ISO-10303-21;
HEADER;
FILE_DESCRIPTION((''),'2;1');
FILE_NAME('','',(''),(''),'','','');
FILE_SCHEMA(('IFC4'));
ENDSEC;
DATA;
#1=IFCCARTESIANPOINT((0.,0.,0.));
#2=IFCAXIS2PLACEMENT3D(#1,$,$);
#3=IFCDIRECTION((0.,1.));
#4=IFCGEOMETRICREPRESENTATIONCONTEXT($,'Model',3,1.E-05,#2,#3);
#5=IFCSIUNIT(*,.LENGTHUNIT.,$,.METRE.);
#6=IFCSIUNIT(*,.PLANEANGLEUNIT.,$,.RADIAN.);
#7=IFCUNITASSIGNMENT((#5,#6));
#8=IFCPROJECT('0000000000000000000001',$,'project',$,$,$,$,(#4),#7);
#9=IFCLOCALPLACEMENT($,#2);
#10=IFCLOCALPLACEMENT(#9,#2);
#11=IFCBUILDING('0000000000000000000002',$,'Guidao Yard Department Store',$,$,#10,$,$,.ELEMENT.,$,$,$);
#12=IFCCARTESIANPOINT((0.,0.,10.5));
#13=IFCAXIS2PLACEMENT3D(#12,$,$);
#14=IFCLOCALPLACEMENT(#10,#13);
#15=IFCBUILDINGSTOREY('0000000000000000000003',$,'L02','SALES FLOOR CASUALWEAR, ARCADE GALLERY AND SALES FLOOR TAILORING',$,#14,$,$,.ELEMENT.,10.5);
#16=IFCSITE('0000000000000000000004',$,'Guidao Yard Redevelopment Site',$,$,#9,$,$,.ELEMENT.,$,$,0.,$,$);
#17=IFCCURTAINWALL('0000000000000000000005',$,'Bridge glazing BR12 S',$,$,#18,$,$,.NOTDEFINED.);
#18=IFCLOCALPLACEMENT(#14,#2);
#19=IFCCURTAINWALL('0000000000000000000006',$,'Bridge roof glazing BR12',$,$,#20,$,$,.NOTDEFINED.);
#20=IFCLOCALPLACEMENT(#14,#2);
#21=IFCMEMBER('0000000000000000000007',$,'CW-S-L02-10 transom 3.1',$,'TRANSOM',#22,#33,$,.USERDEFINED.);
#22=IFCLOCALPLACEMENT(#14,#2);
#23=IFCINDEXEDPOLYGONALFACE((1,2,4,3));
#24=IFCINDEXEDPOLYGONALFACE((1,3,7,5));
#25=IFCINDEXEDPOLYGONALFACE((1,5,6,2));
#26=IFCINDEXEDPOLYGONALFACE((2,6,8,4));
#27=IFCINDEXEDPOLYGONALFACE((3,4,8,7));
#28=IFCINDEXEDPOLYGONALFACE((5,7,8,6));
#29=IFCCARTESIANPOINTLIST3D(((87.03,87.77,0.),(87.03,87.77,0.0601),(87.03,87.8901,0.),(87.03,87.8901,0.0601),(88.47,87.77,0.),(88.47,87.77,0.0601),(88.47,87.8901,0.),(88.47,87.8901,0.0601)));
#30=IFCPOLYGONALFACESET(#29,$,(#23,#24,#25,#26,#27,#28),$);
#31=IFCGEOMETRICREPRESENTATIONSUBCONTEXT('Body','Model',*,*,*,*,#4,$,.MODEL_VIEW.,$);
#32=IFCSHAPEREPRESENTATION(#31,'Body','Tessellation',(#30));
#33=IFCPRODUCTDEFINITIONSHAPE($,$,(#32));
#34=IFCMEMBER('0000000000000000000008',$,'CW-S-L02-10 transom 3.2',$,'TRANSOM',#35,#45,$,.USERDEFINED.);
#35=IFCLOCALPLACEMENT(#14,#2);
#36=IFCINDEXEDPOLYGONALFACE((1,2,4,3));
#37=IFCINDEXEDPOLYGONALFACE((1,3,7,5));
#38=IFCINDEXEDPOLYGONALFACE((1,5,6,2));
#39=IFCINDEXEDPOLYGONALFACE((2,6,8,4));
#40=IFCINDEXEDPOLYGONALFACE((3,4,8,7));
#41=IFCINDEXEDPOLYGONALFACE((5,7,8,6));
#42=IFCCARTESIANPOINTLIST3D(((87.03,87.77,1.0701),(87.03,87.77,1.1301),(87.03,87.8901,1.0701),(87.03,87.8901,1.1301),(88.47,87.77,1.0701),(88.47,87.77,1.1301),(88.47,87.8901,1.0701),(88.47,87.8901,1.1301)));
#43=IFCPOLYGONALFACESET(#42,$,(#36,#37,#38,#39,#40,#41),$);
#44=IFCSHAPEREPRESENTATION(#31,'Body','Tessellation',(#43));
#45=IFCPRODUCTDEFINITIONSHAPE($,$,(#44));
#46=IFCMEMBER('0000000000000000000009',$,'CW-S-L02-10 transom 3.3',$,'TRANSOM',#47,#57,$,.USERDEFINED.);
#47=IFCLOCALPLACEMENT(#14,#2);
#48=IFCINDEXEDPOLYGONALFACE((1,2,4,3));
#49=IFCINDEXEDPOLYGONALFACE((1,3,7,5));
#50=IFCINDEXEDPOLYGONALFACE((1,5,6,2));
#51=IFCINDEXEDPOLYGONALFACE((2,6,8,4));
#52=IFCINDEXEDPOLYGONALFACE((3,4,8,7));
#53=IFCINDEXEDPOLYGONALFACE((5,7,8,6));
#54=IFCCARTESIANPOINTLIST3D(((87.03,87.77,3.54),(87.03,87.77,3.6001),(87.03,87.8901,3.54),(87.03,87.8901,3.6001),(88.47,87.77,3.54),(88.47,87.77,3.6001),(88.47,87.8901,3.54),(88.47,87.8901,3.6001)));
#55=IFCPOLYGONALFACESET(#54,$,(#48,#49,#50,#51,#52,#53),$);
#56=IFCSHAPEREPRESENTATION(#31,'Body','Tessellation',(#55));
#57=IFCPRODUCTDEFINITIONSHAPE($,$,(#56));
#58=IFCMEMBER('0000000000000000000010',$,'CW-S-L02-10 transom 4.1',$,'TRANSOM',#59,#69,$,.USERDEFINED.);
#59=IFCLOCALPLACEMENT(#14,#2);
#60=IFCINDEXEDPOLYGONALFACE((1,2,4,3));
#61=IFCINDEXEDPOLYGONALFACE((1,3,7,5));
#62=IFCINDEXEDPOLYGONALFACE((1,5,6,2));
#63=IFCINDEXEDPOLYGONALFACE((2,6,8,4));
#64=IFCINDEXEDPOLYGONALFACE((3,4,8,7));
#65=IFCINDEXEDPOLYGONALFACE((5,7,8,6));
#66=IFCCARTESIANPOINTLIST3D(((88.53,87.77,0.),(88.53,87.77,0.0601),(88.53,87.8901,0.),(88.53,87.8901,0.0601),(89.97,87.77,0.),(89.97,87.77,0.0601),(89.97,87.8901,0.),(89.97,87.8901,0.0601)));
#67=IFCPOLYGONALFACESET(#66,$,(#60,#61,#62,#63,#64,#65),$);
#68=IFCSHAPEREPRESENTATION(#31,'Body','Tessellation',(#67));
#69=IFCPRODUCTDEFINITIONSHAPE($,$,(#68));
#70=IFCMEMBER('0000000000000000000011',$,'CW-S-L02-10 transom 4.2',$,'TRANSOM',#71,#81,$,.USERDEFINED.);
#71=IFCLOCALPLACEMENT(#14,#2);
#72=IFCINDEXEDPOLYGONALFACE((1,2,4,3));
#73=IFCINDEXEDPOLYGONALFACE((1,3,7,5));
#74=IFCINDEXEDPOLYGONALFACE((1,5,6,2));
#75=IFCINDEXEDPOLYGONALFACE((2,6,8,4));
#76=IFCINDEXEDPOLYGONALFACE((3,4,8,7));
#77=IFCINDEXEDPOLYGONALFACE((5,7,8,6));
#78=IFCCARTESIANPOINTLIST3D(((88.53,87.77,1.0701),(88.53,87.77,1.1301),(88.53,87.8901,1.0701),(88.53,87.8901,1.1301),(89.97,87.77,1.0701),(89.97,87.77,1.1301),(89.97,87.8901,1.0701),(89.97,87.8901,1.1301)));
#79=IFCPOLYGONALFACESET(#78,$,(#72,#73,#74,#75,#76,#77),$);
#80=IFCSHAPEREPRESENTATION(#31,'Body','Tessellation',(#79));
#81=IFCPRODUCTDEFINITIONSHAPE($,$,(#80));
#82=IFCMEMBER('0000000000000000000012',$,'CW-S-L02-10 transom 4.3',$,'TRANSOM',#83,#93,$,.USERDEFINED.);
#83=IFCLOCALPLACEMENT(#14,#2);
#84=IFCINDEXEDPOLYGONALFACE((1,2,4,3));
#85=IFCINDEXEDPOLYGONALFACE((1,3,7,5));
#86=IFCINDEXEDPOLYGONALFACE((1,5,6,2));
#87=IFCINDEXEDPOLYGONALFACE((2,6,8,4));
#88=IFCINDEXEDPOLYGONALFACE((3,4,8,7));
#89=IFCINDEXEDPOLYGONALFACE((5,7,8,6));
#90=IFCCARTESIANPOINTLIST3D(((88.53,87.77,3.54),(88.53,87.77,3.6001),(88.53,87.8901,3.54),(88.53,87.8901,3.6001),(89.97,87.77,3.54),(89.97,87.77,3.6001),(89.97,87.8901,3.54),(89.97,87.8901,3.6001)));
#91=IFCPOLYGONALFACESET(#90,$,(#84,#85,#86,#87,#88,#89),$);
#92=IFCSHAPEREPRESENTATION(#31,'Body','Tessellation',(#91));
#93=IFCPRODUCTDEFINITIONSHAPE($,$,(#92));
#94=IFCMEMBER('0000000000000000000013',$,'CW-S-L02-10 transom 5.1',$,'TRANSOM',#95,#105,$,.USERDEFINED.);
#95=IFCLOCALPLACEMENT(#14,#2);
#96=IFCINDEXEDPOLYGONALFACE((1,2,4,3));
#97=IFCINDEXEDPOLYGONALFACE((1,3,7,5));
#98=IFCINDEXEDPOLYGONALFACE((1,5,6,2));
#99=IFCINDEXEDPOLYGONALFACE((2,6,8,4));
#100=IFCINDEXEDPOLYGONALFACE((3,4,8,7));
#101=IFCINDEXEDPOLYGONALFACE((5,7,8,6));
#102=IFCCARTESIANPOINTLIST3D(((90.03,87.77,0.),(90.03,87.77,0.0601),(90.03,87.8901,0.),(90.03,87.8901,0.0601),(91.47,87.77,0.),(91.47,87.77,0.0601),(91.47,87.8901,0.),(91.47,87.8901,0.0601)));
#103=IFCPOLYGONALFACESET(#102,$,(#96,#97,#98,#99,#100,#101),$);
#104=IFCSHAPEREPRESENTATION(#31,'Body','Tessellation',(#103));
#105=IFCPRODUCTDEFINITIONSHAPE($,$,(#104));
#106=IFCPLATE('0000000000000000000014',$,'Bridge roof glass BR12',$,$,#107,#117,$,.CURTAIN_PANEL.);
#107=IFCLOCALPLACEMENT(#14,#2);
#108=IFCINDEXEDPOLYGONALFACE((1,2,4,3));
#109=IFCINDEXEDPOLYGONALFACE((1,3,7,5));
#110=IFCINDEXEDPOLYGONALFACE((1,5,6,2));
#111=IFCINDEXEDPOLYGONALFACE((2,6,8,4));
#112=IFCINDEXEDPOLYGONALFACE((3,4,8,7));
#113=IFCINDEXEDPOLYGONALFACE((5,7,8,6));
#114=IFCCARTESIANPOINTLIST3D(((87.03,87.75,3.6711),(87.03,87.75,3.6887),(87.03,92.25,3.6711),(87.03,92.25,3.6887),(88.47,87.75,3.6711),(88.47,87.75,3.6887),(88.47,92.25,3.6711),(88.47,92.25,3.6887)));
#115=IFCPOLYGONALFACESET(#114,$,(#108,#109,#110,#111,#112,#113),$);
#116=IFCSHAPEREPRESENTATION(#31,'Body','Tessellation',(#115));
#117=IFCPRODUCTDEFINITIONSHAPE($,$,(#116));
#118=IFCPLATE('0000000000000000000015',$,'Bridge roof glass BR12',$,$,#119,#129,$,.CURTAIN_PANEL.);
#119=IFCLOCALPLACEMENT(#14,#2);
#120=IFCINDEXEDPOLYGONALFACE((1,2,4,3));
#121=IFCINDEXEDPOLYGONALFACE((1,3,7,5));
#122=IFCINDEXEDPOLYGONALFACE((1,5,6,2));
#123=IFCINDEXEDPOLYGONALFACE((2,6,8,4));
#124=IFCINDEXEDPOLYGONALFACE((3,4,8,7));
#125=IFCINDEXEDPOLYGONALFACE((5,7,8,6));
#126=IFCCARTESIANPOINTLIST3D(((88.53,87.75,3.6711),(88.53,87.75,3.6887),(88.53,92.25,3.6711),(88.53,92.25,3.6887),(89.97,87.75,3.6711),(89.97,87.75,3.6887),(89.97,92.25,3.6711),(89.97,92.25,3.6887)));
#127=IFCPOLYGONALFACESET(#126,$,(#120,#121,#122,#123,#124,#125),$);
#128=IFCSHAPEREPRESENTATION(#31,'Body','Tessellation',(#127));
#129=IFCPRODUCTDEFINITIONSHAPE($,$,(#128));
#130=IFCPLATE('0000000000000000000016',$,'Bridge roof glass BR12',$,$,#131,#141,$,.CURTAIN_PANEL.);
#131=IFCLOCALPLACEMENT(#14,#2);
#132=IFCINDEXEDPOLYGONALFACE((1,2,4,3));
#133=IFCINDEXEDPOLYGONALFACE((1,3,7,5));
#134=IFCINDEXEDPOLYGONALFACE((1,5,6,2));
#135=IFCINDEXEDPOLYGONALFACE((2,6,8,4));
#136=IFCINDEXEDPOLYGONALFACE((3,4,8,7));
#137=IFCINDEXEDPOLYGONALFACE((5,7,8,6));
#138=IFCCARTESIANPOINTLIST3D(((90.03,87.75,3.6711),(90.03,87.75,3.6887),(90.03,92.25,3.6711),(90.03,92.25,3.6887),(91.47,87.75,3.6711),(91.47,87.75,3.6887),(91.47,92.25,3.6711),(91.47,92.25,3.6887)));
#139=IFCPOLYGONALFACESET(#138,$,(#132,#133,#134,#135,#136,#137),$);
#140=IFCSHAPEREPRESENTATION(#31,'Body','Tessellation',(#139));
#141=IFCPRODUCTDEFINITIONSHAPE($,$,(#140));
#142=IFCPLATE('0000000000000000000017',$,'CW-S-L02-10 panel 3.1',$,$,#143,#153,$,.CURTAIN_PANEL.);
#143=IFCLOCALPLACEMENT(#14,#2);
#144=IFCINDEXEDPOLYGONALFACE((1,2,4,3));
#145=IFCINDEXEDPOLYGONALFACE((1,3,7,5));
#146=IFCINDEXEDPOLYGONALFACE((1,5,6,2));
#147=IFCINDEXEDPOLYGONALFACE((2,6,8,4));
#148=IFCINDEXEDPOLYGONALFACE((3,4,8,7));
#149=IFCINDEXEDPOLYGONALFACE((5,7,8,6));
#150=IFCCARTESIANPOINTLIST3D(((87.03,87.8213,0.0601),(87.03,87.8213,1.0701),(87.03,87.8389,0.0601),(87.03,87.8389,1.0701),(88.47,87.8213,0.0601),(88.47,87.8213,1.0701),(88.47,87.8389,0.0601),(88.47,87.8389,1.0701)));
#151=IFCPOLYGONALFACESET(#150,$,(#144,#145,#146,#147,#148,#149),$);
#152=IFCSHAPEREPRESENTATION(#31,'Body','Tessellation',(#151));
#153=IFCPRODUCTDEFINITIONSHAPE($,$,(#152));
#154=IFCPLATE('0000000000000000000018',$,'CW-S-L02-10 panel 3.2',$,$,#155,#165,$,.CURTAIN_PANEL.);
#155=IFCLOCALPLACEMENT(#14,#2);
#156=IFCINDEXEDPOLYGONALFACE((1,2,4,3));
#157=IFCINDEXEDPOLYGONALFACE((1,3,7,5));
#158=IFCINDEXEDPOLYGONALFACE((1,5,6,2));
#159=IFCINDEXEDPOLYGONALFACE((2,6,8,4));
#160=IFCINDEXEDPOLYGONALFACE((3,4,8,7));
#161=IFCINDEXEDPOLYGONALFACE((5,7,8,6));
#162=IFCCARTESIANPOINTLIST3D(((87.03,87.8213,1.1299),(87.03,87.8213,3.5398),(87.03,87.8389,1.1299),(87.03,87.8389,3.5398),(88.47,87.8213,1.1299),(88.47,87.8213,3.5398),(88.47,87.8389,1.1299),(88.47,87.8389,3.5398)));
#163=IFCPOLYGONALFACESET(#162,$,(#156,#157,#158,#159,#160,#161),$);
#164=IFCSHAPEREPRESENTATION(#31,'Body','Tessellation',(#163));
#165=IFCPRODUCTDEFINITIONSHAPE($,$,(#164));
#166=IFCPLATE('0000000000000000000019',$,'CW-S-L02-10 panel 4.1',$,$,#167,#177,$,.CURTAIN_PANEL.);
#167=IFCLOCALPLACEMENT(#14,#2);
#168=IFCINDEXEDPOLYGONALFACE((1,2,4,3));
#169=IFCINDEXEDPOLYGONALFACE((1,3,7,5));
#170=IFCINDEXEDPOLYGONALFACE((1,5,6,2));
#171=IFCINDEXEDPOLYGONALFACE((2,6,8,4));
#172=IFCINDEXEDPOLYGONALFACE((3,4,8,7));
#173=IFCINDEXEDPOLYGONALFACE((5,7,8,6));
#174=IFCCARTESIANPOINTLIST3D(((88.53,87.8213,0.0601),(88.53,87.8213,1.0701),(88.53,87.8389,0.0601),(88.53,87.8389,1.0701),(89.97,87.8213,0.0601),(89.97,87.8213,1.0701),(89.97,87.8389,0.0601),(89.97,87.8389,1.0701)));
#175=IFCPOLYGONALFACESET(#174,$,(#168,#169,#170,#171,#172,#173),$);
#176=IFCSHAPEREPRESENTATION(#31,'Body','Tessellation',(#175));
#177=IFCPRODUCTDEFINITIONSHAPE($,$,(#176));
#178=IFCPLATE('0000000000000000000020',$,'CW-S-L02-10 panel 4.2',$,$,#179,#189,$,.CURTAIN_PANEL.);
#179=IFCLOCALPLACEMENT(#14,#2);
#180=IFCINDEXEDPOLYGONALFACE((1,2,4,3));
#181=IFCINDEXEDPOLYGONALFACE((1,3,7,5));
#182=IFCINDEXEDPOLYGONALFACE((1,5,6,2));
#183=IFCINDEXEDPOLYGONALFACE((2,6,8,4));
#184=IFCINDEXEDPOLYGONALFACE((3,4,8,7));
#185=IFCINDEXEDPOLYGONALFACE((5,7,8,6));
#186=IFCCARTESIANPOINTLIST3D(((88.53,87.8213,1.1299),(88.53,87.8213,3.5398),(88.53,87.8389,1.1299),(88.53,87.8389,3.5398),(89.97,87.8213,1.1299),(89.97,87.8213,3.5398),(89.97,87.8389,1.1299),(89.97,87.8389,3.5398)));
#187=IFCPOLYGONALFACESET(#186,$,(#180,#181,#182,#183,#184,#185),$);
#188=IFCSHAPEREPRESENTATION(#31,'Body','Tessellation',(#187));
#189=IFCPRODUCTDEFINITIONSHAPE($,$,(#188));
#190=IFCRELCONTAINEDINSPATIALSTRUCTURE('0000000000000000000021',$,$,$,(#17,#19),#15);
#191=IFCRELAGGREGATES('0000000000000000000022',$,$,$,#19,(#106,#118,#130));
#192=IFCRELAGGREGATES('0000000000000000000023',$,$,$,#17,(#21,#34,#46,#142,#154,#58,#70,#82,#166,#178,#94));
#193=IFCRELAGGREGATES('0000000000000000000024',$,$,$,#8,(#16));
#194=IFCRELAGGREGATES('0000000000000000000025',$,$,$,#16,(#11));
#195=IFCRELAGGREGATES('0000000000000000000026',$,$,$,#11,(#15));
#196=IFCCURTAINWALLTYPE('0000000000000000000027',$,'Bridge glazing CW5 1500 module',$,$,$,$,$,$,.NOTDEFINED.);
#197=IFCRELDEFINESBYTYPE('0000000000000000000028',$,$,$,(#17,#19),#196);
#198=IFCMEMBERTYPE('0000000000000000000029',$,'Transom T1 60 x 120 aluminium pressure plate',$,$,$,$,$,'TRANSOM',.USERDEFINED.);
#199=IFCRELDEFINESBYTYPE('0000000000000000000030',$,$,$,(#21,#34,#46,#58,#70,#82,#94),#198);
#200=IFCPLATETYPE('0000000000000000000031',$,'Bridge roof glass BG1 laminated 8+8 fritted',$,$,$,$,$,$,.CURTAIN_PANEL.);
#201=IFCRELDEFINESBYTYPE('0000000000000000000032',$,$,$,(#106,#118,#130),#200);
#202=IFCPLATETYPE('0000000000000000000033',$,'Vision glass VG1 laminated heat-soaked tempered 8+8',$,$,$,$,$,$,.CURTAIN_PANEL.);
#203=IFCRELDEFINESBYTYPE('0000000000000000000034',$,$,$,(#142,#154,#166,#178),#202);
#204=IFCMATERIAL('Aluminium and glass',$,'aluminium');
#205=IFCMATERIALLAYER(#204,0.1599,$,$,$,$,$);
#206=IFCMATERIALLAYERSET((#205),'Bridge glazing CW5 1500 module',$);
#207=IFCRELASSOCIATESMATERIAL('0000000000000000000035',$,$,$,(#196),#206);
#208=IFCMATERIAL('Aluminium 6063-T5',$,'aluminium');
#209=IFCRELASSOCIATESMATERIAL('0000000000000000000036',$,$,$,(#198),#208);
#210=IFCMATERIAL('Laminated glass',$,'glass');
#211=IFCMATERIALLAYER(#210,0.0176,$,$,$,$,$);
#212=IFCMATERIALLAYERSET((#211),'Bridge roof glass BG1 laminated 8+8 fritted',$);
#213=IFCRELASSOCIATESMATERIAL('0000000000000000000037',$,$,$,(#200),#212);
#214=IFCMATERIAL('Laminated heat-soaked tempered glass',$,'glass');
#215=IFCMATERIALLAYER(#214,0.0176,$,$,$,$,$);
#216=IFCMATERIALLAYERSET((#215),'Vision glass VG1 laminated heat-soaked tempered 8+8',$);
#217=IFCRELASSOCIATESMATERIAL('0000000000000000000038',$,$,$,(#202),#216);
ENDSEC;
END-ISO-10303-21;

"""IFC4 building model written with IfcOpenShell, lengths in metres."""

from ifc_helpers import new_model, si_unit, direction, frame, origin, origin_2d, place, context, subcontext, project, spatial, rectangle, extrude, material, layer, layer_set, material_profile, profile_set, type_object, element, aggregate, save


model = new_model("IFC4")

# Units and contexts
model_context = context("Model", 3, precision=1e-05, world=origin(), true_north=direction((0.0, 1.0)))
body_context = subcontext(model_context, "Body", "Model", "MODEL_VIEW")
ifc_project = project(units=[si_unit("LENGTHUNIT", "METRE"), si_unit("PLANEANGLEUNIT", "RADIAN")], contexts=[model_context])

# Site, building, storey
site_placement = place(None, origin())
site = spatial("IfcSite", under=ifc_project, at=site_placement, Name="Guidao Yard Redevelopment Site", CompositionType="ELEMENT", RefElevation=0.0)
building_placement = place(site_placement, origin())
building = spatial("IfcBuilding", under=site, at=building_placement, Name="Guidao Yard Department Store", CompositionType="ELEMENT")
storey_placement = place(building_placement, frame((0.0, 0.0, 10.5)))
storey = spatial("IfcBuildingStorey", under=building, at=storey_placement, Name="L02", Description="SALES FLOOR CASUALWEAR, ARCADE GALLERY AND SALES FLOOR TAILORING", CompositionType="ELEMENT", Elevation=10.5)

# Curtain walls
ifc_material_1 = material(Name="Aluminium and glass", Category="aluminium")
ifc_layer_1 = layer(ifc_material_1, 0.1599)
ifc_layer_set_1 = layer_set([ifc_layer_1], Name="Bridge glazing CW5 1500 module")
curtain_wall_type = type_object("IfcCurtainWallType", Name="Bridge glazing CW5 1500 module", PredefinedType="NOTDEFINED", material=ifc_layer_set_1)
curtain_wall_1_placement = place(storey_placement, origin())
curtain_wall_1 = element("IfcCurtainWall", 1, at=curtain_wall_1_placement, inside=storey, type_object=curtain_wall_type, Name="Bridge glazing BR12 S", PredefinedType="NOTDEFINED")
curtain_wall_2_placement = place(storey_placement, origin())
curtain_wall_2 = element("IfcCurtainWall", 2, at=curtain_wall_2_placement, inside=storey, type_object=curtain_wall_type, Name="Bridge roof glazing BR12", PredefinedType="NOTDEFINED")

# Members
ifc_material_2 = material(Name="Aluminium 6063-T5", Category="aluminium")
ifc_material_profile_1 = material_profile(ifc_material_2, rectangle(XDim=0.1201, YDim=0.0601, at=origin_2d()), Name="Transom T1 60 x 120 aluminium pressure plate")
ifc_profile_set_1 = profile_set([ifc_material_profile_1], Name="Aluminium 6063-T5")
member_type_1 = type_object("IfcMemberType", Name="Transom T1 60 x 120 aluminium pressure plate", ElementType="TRANSOM", PredefinedType="USERDEFINED", material=ifc_profile_set_1)
member_1_placement = place(storey_placement, frame((88.47, 87.8301, 0.03), z_axis=(-1.0, 0.0, 0.0), x_axis=(0.0, -1.0, 0.0)))
member_1 = element("IfcMember", 3, at=member_1_placement, type_object=member_type_1, Name="CW-S-L02-10 transom 3.1", ObjectType="TRANSOM", PredefinedType="USERDEFINED", context=body_context, shape_type="SweptSolid", body=[
    extrude(rectangle(XDim=0.1201, YDim=0.0601, at=origin_2d()), origin(), (0.0, 0.0, 1.0), 1.4399),
])
member_2_placement = place(storey_placement, frame((88.47, 87.8301, 1.1001), z_axis=(-1.0, 0.0, 0.0), x_axis=(0.0, -1.0, 0.0)))
member_2 = element("IfcMember", 4, at=member_2_placement, type_object=member_type_1, Name="CW-S-L02-10 transom 3.2", ObjectType="TRANSOM", PredefinedType="USERDEFINED", context=body_context, shape_type="SweptSolid", body=[
    extrude(rectangle(XDim=0.1201, YDim=0.0601, at=origin_2d()), origin(), (0.0, 0.0, 1.0), 1.4399),
])
member_3_placement = place(storey_placement, frame((88.47, 87.8301, 3.5701), z_axis=(-1.0, 0.0, 0.0), x_axis=(0.0, -1.0, 0.0)))
member_3 = element("IfcMember", 5, at=member_3_placement, type_object=member_type_1, Name="CW-S-L02-10 transom 3.3", ObjectType="TRANSOM", PredefinedType="USERDEFINED", context=body_context, shape_type="SweptSolid", body=[
    extrude(rectangle(XDim=0.1201, YDim=0.0601, at=origin_2d()), origin(), (0.0, 0.0, 1.0), 1.4399),
])
member_4_placement = place(storey_placement, frame((89.97, 87.8301, 0.03), z_axis=(-1.0, 0.0, 0.0), x_axis=(0.0, -1.0, 0.0)))
member_4 = element("IfcMember", 6, at=member_4_placement, type_object=member_type_1, Name="CW-S-L02-10 transom 4.1", ObjectType="TRANSOM", PredefinedType="USERDEFINED", context=body_context, shape_type="SweptSolid", body=[
    extrude(rectangle(XDim=0.1201, YDim=0.0601, at=origin_2d()), origin(), (0.0, 0.0, 1.0), 1.4399),
])
member_5_placement = place(storey_placement, frame((89.97, 87.8301, 1.1001), z_axis=(-1.0, 0.0, 0.0), x_axis=(0.0, -1.0, 0.0)))
member_5 = element("IfcMember", 7, at=member_5_placement, type_object=member_type_1, Name="CW-S-L02-10 transom 4.2", ObjectType="TRANSOM", PredefinedType="USERDEFINED", context=body_context, shape_type="SweptSolid", body=[
    extrude(rectangle(XDim=0.1201, YDim=0.0601, at=origin_2d()), origin(), (0.0, 0.0, 1.0), 1.4399),
])
member_6_placement = place(storey_placement, frame((89.97, 87.8301, 3.5701), z_axis=(-1.0, 0.0, 0.0), x_axis=(0.0, -1.0, 0.0)))
member_6 = element("IfcMember", 8, at=member_6_placement, type_object=member_type_1, Name="CW-S-L02-10 transom 4.3", ObjectType="TRANSOM", PredefinedType="USERDEFINED", context=body_context, shape_type="SweptSolid", body=[
    extrude(rectangle(XDim=0.1201, YDim=0.0601, at=origin_2d()), origin(), (0.0, 0.0, 1.0), 1.4399),
])
member_7_placement = place(storey_placement, frame((91.47, 87.8301, 0.03), z_axis=(-1.0, 0.0, 0.0), x_axis=(0.0, -1.0, 0.0)))
member_7 = element("IfcMember", 9, at=member_7_placement, type_object=member_type_1, Name="CW-S-L02-10 transom 5.1", ObjectType="TRANSOM", PredefinedType="USERDEFINED", context=body_context, shape_type="SweptSolid", body=[
    extrude(rectangle(XDim=0.1201, YDim=0.0601, at=origin_2d()), origin(), (0.0, 0.0, 1.0), 1.4399),
])

# Plates
ifc_material_3 = material(Name="Laminated glass", Category="glass")
ifc_layer_2 = layer(ifc_material_3, 0.0176)
ifc_layer_set_2 = layer_set([ifc_layer_2], Name="Bridge roof glass BG1 laminated 8+8 fritted")
plate_type_1 = type_object("IfcPlateType", Name="Bridge roof glass BG1 laminated 8+8 fritted", PredefinedType="CURTAIN_PANEL", material=ifc_layer_set_2)
plate_1_placement = place(storey_placement, frame((87.75, 90.0, 3.6711), z_axis=(0.0, 0.0, 1.0), x_axis=(1.0, 0.0, 0.0)))
plate_1 = element("IfcPlate", 10, at=plate_1_placement, type_object=plate_type_1, Name="Bridge roof glass BR12", PredefinedType="CURTAIN_PANEL", context=body_context, shape_type="SweptSolid", body=[
    extrude(rectangle(XDim=1.4399, YDim=4.5, at=origin_2d()), origin(), (0.0, 0.0, 1.0), 0.0176),
])
plate_2_placement = place(storey_placement, frame((89.25, 90.0, 3.6711), z_axis=(0.0, 0.0, 1.0), x_axis=(1.0, 0.0, 0.0)))
plate_2 = element("IfcPlate", 11, at=plate_2_placement, type_object=plate_type_1, Name="Bridge roof glass BR12", PredefinedType="CURTAIN_PANEL", context=body_context, shape_type="SweptSolid", body=[
    extrude(rectangle(XDim=1.4399, YDim=4.5, at=origin_2d()), origin(), (0.0, 0.0, 1.0), 0.0176),
])
plate_3_placement = place(storey_placement, frame((90.75, 90.0, 3.6711), z_axis=(0.0, 0.0, 1.0), x_axis=(1.0, 0.0, 0.0)))
plate_3 = element("IfcPlate", 12, at=plate_3_placement, type_object=plate_type_1, Name="Bridge roof glass BR12", PredefinedType="CURTAIN_PANEL", context=body_context, shape_type="SweptSolid", body=[
    extrude(rectangle(XDim=1.4399, YDim=4.5, at=origin_2d()), origin(), (0.0, 0.0, 1.0), 0.0176),
])
aggregate(curtain_wall_2, [plate_1, plate_2, plate_3])
ifc_material_4 = material(Name="Laminated heat-soaked tempered glass", Category="glass")
ifc_layer_3 = layer(ifc_material_4, 0.0176)
ifc_layer_set_3 = layer_set([ifc_layer_3], Name="Vision glass VG1 laminated heat-soaked tempered 8+8")
plate_type_2 = type_object("IfcPlateType", Name="Vision glass VG1 laminated heat-soaked tempered 8+8", PredefinedType="CURTAIN_PANEL", material=ifc_layer_set_3)
plate_4_placement = place(storey_placement, frame((87.75, 87.8301, 0.0601), z_axis=(0.0, 0.0, 1.0), x_axis=(-1.0, 0.0, 0.0)))
plate_4 = element("IfcPlate", 13, at=plate_4_placement, type_object=plate_type_2, Name="CW-S-L02-10 panel 3.1", PredefinedType="CURTAIN_PANEL", context=body_context, shape_type="SweptSolid", body=[
    extrude(rectangle(XDim=1.4399, YDim=0.0176, at=origin_2d()), origin(), (0.0, 0.0, 1.0), 1.01),
])
plate_5_placement = place(storey_placement, frame((87.75, 87.8301, 1.1299), z_axis=(0.0, 0.0, 1.0), x_axis=(-1.0, 0.0, 0.0)))
plate_5 = element("IfcPlate", 14, at=plate_5_placement, type_object=plate_type_2, Name="CW-S-L02-10 panel 3.2", PredefinedType="CURTAIN_PANEL", context=body_context, shape_type="SweptSolid", body=[
    extrude(rectangle(XDim=1.4399, YDim=0.0176, at=origin_2d()), origin(), (0.0, 0.0, 1.0), 2.4099),
])
plate_6_placement = place(storey_placement, frame((89.25, 87.8301, 0.0601), z_axis=(0.0, 0.0, 1.0), x_axis=(-1.0, 0.0, 0.0)))
plate_6 = element("IfcPlate", 15, at=plate_6_placement, type_object=plate_type_2, Name="CW-S-L02-10 panel 4.1", PredefinedType="CURTAIN_PANEL", context=body_context, shape_type="SweptSolid", body=[
    extrude(rectangle(XDim=1.4399, YDim=0.0176, at=origin_2d()), origin(), (0.0, 0.0, 1.0), 1.01),
])
plate_7_placement = place(storey_placement, frame((89.25, 87.8301, 1.1299), z_axis=(0.0, 0.0, 1.0), x_axis=(-1.0, 0.0, 0.0)))
plate_7 = element("IfcPlate", 16, at=plate_7_placement, type_object=plate_type_2, Name="CW-S-L02-10 panel 4.2", PredefinedType="CURTAIN_PANEL", context=body_context, shape_type="SweptSolid", body=[
    extrude(rectangle(XDim=1.4399, YDim=0.0176, at=origin_2d()), origin(), (0.0, 0.0, 1.0), 2.4099),
])
aggregate(curtain_wall_1, [member_1, member_2, member_3, plate_4, plate_5, member_4, member_5, member_6, plate_6, plate_7, member_7])

save(model, "model.ifc")
